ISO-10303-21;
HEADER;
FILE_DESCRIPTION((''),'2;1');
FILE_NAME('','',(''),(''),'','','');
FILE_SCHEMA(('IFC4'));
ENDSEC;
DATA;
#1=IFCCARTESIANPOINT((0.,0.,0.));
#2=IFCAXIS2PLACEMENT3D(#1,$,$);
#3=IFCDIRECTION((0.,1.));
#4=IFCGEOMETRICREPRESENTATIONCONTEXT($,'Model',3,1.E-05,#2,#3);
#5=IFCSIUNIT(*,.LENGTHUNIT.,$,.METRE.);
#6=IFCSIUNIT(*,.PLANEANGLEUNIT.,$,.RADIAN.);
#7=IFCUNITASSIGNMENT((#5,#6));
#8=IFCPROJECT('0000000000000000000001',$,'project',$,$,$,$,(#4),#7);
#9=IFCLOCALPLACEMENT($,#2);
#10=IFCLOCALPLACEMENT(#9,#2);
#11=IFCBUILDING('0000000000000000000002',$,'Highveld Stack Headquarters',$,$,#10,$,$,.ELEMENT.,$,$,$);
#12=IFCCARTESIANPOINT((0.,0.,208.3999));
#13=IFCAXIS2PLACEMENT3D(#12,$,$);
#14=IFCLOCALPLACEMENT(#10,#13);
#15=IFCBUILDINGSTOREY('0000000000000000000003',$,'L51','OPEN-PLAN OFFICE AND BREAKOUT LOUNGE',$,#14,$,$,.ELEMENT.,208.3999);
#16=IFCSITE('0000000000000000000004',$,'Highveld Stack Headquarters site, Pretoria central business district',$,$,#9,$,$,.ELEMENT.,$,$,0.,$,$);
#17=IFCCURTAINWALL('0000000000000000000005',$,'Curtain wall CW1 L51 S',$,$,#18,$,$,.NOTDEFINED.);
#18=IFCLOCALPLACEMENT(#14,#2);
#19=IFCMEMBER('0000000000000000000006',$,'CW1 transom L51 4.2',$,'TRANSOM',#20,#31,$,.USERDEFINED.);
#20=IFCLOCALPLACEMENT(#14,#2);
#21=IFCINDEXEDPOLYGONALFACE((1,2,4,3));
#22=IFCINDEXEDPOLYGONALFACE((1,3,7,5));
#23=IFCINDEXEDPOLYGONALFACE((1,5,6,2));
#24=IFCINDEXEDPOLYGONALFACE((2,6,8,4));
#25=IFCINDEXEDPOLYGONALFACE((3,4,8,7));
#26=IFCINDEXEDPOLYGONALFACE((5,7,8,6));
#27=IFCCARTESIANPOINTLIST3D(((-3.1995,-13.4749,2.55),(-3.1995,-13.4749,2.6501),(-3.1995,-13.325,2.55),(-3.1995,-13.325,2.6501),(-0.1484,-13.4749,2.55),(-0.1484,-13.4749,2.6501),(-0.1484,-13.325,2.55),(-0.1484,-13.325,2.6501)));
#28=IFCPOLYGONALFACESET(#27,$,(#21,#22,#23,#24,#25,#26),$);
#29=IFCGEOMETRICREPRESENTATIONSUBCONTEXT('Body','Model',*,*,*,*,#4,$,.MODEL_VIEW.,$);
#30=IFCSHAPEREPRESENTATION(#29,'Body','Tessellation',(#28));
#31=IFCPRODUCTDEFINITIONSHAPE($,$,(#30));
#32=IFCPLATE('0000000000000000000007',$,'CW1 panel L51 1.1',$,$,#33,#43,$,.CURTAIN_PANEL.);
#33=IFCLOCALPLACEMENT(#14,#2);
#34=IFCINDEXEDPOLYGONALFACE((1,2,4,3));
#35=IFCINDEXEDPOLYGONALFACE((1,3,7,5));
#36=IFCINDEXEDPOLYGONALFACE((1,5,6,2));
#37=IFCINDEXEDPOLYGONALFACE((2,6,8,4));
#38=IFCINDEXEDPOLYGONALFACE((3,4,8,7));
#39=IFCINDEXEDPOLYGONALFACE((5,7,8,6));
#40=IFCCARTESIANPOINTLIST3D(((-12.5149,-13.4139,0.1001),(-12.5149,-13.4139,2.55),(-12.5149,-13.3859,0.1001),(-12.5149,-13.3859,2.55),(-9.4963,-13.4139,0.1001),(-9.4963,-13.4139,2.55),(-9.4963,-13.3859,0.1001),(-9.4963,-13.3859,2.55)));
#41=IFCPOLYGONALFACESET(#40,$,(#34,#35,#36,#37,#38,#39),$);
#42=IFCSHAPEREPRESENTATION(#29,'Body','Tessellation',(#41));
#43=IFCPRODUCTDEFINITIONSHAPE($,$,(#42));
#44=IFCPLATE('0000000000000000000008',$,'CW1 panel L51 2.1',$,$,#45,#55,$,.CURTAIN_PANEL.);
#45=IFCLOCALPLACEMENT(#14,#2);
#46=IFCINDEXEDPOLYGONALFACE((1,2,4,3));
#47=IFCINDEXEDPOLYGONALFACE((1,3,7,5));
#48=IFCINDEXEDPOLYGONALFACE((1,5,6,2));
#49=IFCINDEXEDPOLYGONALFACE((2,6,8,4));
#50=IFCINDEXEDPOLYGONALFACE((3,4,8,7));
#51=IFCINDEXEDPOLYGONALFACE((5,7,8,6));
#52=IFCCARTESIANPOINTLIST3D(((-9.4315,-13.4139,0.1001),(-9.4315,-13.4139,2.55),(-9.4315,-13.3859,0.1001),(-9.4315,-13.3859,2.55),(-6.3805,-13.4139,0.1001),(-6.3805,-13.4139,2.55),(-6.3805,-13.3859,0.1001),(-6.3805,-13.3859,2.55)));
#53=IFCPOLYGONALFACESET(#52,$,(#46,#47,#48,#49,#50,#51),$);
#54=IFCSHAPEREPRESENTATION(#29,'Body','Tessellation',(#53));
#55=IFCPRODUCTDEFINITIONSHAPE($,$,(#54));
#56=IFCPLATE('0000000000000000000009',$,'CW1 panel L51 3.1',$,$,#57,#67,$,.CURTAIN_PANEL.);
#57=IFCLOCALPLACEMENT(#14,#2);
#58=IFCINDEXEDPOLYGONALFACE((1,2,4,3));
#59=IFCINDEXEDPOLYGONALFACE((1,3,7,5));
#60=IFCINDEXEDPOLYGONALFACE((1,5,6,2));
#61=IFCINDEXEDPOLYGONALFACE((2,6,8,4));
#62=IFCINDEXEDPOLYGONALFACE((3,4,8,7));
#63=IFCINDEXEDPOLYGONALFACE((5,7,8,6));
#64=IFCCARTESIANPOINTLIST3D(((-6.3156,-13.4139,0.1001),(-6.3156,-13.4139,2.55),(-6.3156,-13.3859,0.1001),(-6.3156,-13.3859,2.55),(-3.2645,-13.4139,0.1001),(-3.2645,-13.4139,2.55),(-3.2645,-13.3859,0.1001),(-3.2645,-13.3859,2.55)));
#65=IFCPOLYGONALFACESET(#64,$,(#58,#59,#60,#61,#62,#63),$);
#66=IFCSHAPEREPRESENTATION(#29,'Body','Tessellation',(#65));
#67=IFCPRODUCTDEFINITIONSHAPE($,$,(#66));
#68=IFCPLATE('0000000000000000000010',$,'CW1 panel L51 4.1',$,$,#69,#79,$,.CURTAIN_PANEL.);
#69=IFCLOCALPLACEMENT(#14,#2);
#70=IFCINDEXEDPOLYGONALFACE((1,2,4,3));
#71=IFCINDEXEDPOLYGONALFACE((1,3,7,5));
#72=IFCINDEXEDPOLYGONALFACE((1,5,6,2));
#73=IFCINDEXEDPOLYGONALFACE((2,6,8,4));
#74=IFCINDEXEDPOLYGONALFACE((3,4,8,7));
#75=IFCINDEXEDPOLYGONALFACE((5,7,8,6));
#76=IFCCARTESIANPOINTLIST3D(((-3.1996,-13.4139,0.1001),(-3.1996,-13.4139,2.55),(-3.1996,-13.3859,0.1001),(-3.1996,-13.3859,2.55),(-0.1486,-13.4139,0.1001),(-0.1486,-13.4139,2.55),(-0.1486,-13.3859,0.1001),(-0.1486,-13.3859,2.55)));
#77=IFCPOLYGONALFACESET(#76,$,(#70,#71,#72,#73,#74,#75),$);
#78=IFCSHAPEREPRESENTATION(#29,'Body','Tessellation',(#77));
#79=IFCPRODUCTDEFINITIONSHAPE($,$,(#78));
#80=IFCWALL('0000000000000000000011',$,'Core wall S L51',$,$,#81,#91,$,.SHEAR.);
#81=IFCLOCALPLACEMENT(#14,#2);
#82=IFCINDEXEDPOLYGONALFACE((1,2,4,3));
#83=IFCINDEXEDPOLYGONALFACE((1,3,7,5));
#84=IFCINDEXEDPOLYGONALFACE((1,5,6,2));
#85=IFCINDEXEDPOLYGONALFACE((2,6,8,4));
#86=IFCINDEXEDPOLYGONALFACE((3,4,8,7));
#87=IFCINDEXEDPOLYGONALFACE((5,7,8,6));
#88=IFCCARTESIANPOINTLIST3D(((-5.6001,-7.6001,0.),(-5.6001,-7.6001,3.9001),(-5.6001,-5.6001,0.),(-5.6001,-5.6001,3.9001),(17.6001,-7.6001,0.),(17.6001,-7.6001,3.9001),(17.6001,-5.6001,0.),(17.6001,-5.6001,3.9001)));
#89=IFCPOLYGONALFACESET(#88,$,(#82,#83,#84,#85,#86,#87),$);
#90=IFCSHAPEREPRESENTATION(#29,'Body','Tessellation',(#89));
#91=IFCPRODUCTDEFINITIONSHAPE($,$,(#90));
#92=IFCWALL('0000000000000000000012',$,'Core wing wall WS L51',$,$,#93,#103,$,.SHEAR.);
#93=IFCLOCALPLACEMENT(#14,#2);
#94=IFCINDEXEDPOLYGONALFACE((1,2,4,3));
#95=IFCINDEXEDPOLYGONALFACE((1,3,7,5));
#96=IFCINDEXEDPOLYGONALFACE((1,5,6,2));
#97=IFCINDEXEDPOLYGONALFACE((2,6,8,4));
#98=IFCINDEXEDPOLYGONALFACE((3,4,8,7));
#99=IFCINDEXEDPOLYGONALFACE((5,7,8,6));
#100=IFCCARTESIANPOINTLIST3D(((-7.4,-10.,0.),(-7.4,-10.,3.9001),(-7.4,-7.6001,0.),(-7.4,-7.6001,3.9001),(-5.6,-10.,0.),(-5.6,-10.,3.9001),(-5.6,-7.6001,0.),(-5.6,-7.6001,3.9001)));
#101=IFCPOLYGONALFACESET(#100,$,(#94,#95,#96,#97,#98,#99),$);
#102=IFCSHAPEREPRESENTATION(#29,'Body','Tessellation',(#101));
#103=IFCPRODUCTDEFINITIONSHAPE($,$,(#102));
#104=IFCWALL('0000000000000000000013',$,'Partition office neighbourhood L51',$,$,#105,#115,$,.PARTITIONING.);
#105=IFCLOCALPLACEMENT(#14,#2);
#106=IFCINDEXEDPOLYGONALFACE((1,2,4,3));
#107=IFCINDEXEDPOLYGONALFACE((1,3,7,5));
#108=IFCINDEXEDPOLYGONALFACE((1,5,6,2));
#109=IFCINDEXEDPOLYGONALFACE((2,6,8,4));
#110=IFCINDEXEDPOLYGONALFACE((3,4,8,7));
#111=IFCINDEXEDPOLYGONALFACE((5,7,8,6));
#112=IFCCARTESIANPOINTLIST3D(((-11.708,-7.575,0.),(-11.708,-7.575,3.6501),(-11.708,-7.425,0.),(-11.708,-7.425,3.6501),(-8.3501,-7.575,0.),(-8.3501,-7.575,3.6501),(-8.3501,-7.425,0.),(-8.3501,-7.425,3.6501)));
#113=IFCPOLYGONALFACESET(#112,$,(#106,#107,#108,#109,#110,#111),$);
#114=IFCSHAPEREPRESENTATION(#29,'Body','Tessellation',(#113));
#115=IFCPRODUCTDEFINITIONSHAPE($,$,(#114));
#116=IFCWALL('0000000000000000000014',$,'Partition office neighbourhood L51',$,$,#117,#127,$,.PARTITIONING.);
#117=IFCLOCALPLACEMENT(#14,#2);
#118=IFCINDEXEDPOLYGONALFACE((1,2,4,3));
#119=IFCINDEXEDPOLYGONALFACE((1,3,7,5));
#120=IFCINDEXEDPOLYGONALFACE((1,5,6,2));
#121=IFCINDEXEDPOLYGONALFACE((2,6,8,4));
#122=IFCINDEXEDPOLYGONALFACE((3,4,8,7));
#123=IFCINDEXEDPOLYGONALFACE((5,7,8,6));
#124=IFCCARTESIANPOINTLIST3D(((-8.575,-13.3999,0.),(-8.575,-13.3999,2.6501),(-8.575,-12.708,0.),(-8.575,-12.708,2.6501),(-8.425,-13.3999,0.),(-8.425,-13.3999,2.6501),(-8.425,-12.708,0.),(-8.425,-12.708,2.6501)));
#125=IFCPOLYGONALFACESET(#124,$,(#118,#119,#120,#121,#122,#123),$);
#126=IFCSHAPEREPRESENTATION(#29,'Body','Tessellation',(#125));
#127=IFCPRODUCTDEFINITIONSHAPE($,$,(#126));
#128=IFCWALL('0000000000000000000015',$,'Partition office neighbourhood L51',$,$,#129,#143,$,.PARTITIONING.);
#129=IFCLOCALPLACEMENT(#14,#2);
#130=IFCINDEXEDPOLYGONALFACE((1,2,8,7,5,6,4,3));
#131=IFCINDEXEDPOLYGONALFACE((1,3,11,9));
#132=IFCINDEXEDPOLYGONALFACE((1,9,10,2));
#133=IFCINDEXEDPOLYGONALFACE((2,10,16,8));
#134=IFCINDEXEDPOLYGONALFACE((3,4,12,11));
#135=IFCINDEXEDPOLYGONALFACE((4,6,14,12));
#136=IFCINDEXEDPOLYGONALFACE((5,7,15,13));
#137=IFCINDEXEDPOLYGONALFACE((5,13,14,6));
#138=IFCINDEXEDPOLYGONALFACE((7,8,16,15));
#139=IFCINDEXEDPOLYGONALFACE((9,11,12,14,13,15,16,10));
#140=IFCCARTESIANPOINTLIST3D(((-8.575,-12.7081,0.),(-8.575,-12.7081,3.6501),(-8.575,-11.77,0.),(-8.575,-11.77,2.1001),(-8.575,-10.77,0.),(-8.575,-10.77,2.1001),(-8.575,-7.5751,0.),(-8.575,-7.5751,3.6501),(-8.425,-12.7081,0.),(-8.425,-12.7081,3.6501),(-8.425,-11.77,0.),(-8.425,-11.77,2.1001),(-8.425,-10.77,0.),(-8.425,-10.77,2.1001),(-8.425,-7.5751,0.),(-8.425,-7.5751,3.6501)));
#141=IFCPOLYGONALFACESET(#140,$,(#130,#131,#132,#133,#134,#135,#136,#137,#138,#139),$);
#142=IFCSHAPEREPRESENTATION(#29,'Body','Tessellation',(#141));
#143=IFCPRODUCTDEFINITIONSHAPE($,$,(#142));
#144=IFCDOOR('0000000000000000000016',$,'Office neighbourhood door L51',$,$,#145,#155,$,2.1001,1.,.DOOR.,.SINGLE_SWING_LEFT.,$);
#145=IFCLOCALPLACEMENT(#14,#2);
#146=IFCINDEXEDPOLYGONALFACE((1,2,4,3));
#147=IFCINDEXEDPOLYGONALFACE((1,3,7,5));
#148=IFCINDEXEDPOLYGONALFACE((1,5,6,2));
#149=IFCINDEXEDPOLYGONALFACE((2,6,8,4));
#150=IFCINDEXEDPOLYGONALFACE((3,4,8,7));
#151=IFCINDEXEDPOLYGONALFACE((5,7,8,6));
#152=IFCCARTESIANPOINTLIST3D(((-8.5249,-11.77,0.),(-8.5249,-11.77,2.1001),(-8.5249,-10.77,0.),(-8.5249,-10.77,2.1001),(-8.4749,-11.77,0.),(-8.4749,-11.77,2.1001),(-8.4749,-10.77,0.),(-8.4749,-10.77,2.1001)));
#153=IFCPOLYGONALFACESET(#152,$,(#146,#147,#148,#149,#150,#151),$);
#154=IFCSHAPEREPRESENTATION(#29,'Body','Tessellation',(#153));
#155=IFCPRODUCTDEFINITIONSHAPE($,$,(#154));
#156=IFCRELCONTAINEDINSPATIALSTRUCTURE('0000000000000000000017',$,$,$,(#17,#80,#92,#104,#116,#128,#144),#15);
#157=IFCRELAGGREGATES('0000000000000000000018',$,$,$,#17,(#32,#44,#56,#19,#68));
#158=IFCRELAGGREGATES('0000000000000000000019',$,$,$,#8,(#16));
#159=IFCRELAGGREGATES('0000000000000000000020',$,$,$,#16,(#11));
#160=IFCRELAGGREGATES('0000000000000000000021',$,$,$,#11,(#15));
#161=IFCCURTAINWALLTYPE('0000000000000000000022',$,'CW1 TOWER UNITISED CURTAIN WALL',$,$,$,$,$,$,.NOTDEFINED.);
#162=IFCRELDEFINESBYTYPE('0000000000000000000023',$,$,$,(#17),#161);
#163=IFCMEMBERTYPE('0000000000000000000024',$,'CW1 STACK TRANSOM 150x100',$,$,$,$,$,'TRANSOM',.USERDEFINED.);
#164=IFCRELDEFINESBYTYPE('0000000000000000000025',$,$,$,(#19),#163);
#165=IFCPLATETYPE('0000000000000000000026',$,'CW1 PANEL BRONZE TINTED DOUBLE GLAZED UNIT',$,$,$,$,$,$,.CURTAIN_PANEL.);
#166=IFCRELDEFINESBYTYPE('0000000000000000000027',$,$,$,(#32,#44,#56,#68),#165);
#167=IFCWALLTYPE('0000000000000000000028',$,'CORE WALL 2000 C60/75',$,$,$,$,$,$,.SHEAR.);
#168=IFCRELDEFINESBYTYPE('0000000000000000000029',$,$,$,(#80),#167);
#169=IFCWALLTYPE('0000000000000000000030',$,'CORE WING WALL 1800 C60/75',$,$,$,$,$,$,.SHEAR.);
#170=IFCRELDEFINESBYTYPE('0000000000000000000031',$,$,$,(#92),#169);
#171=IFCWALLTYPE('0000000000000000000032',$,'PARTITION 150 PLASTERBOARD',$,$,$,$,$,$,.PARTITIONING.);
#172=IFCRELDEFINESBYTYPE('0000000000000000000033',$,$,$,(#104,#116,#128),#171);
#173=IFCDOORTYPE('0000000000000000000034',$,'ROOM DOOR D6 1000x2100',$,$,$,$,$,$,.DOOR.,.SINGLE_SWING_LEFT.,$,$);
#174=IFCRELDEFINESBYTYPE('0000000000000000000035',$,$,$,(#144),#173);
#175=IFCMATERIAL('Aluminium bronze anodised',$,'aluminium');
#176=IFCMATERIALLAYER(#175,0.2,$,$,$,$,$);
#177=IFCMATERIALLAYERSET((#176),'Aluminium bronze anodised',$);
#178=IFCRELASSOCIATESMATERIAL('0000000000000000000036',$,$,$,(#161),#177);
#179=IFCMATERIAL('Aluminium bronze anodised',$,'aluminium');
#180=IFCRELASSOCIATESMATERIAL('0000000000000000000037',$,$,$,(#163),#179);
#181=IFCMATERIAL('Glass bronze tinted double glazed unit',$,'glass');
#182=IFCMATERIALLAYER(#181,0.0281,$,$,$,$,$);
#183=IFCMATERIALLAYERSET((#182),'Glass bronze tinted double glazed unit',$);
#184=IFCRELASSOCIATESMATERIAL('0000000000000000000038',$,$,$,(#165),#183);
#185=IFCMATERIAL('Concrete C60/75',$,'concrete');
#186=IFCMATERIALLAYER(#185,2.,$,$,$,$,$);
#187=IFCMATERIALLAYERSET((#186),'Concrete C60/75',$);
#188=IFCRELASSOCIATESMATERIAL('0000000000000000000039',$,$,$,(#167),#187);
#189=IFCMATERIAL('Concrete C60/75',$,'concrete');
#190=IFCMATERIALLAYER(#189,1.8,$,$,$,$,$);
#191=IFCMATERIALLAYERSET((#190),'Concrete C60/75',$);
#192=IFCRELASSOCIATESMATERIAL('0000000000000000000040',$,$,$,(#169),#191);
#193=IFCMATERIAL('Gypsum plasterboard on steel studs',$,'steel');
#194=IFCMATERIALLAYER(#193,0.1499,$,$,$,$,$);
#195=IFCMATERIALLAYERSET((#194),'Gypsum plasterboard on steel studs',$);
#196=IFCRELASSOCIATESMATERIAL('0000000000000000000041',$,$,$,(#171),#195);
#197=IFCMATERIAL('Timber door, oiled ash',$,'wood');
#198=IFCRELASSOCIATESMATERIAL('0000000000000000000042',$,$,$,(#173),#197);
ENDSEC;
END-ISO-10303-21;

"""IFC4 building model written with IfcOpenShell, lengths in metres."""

from ifc_helpers import new_model, si_unit, direction, frame, frame_2d, origin, origin_2d, place, context, subcontext, project, spatial, rectangle, extrude, material, layer, layer_set, material_profile, profile_set, type_object, element, fill, aggregate, save


model = new_model("IFC4")

# Units and contexts
model_context = context("Model", 3, precision=1e-05, world=origin(), true_north=direction((0.0, 1.0)))
body_context = subcontext(model_context, "Body", "Model", "MODEL_VIEW")
ifc_project = project(units=[si_unit("LENGTHUNIT", "METRE"), si_unit("PLANEANGLEUNIT", "RADIAN")], contexts=[model_context])

# Site, building, storey
site_placement = place(None, origin())
site = spatial("IfcSite", under=ifc_project, at=site_placement, Name="Highveld Stack Headquarters site, Pretoria central business district", CompositionType="ELEMENT", RefElevation=0.0)
building_placement = place(site_placement, origin())
building = spatial("IfcBuilding", under=site, at=building_placement, Name="Highveld Stack Headquarters", CompositionType="ELEMENT")
storey_placement = place(building_placement, frame((0.0, 0.0, 208.3999)))
storey = spatial("IfcBuildingStorey", under=building, at=storey_placement, Name="L51", Description="OPEN-PLAN OFFICE AND BREAKOUT LOUNGE", CompositionType="ELEMENT", Elevation=208.3999)

# Curtain wall, member, plates
ifc_material_1 = material(Name="Aluminium bronze anodised", Category="aluminium")
ifc_layer_1 = layer(ifc_material_1, 0.2)
ifc_layer_set_1 = layer_set([ifc_layer_1], Name="Aluminium bronze anodised")
curtain_wall_type = type_object("IfcCurtainWallType", Name="CW1 TOWER UNITISED CURTAIN WALL", PredefinedType="NOTDEFINED", material=ifc_layer_set_1)
curtain_wall_placement = place(storey_placement, origin())
curtain_wall = element("IfcCurtainWall", 1, at=curtain_wall_placement, inside=storey, type_object=curtain_wall_type, Name="Curtain wall CW1 L51 S", PredefinedType="NOTDEFINED")
ifc_material_2 = material(Name="Aluminium bronze anodised", Category="aluminium")
ifc_material_profile_1 = material_profile(ifc_material_2, rectangle(XDim=0.1499, YDim=0.1001, at=origin_2d()), Name="CW1 TRANSOM 150x100")
ifc_profile_set_1 = profile_set([ifc_material_profile_1], Name="Aluminium bronze anodised")
member_type_1 = type_object("IfcMemberType", Name="CW1 STACK TRANSOM 150x100", ElementType="TRANSOM", PredefinedType="USERDEFINED", material=ifc_profile_set_1)
member_1_placement = place(storey_placement, frame((-3.1995, -13.3999, 2.6001), z_axis=(1.0, 0.0, 0.0), x_axis=(0.0, 1.0, 0.0)))
member_1 = element("IfcMember", 2, at=member_1_placement, type_object=member_type_1, Name="CW1 transom L51 4.2", ObjectType="TRANSOM", PredefinedType="USERDEFINED", context=body_context, shape_type="SweptSolid", body=[
    extrude(rectangle(XDim=0.1499, YDim=0.1001, at=origin_2d()), origin(), (0.0, 0.0, 1.0), 3.051),
])
ifc_material_3 = material(Name="Glass bronze tinted double glazed unit", Category="glass")
ifc_layer_2 = layer(ifc_material_3, 0.0281)
ifc_layer_set_2 = layer_set([ifc_layer_2], Name="Glass bronze tinted double glazed unit")
plate_type = type_object("IfcPlateType", Name="CW1 PANEL BRONZE TINTED DOUBLE GLAZED UNIT", PredefinedType="CURTAIN_PANEL", material=ifc_layer_set_2)
plate_1_placement = place(storey_placement, frame((-11.0056, -13.3999, 0.1001), z_axis=(0.0, 0.0, 1.0), x_axis=(1.0, 0.0, 0.0)))
plate_1 = element("IfcPlate", 3, at=plate_1_placement, type_object=plate_type, Name="CW1 panel L51 1.1", PredefinedType="CURTAIN_PANEL", context=body_context, shape_type="SweptSolid", body=[
    extrude(rectangle(XDim=3.0186, YDim=0.0281, at=origin_2d()), origin(), (0.0, 0.0, 1.0), 2.45),
])
plate_2_placement = place(storey_placement, frame((-7.906, -13.3999, 0.1001), z_axis=(0.0, 0.0, 1.0), x_axis=(1.0, 0.0, 0.0)))
plate_2 = element("IfcPlate", 4, at=plate_2_placement, type_object=plate_type, Name="CW1 panel L51 2.1", PredefinedType="CURTAIN_PANEL", context=body_context, shape_type="SweptSolid", body=[
    extrude(rectangle(XDim=3.051, YDim=0.0281, at=origin_2d()), origin(), (0.0, 0.0, 1.0), 2.45),
])
plate_3_placement = place(storey_placement, frame((-4.79, -13.3999, 0.1001), z_axis=(0.0, 0.0, 1.0), x_axis=(1.0, 0.0, 0.0)))
plate_3 = element("IfcPlate", 5, at=plate_3_placement, type_object=plate_type, Name="CW1 panel L51 3.1", PredefinedType="CURTAIN_PANEL", context=body_context, shape_type="SweptSolid", body=[
    extrude(rectangle(XDim=3.051, YDim=0.0281, at=origin_2d()), origin(), (0.0, 0.0, 1.0), 2.45),
])
plate_4_placement = place(storey_placement, frame((-1.6741, -13.3999, 0.1001), z_axis=(0.0, 0.0, 1.0), x_axis=(1.0, 0.0, 0.0)))
plate_4 = element("IfcPlate", 6, at=plate_4_placement, type_object=plate_type, Name="CW1 panel L51 4.1", PredefinedType="CURTAIN_PANEL", context=body_context, shape_type="SweptSolid", body=[
    extrude(rectangle(XDim=3.051, YDim=0.0281, at=origin_2d()), origin(), (0.0, 0.0, 1.0), 2.45),
])
aggregate(curtain_wall, [plate_1, plate_2, plate_3, member_1, plate_4])

# Walls
ifc_material_4 = material(Name="Concrete C60/75", Category="concrete")
ifc_layer_3 = layer(ifc_material_4, 2.0)
ifc_layer_set_3 = layer_set([ifc_layer_3], Name="Concrete C60/75")
wall_type_1 = type_object("IfcWallType", Name="CORE WALL 2000 C60/75", PredefinedType="SHEAR", material=ifc_layer_set_3)
wall_1_placement = place(storey_placement, frame((-5.6001, -6.6001, 0.0), z_axis=(0.0, 0.0, 1.0), x_axis=(1.0, 0.0, 0.0)))
element("IfcWall", 7, at=wall_1_placement, inside=storey, type_object=wall_type_1, Name="Core wall S L51", PredefinedType="SHEAR", context=body_context, shape_type="SweptSolid", body=[
    extrude(rectangle(XDim=23.2002, YDim=2.0, at=frame_2d((11.6001, 0.0))), origin(), (0.0, 0.0, 1.0), 3.9001),
])
ifc_material_5 = material(Name="Concrete C60/75", Category="concrete")
ifc_layer_4 = layer(ifc_material_5, 1.8)
ifc_layer_set_4 = layer_set([ifc_layer_4], Name="Concrete C60/75")
wall_type_2 = type_object("IfcWallType", Name="CORE WING WALL 1800 C60/75", PredefinedType="SHEAR", material=ifc_layer_set_4)
wall_2_placement = place(storey_placement, frame((-6.5, -10.0, 0.0), z_axis=(0.0, 0.0, 1.0), x_axis=(0.0, 1.0, 0.0)))
element("IfcWall", 8, at=wall_2_placement, inside=storey, type_object=wall_type_2, Name="Core wing wall WS L51", PredefinedType="SHEAR", context=body_context, shape_type="SweptSolid", body=[
    extrude(rectangle(XDim=2.3999, YDim=1.8, at=frame_2d((1.2, 0.0))), origin(), (0.0, 0.0, 1.0), 3.9001),
])
ifc_material_6 = material(Name="Gypsum plasterboard on steel studs", Category="steel")
ifc_layer_5 = layer(ifc_material_6, 0.1499)
ifc_layer_set_5 = layer_set([ifc_layer_5], Name="Gypsum plasterboard on steel studs")
wall_type_3 = type_object("IfcWallType", Name="PARTITION 150 PLASTERBOARD", PredefinedType="PARTITIONING", material=ifc_layer_set_5)
wall_3_placement = place(storey_placement, frame((-11.708, -7.5, 0.0), z_axis=(0.0, 0.0, 1.0), x_axis=(1.0, 0.0, 0.0)))
element("IfcWall", 9, at=wall_3_placement, inside=storey, type_object=wall_type_3, Name="Partition office neighbourhood L51", PredefinedType="PARTITIONING", context=body_context, shape_type="SweptSolid", body=[
    extrude(rectangle(XDim=3.3579, YDim=0.1499, at=frame_2d((1.679, 0.0))), origin(), (0.0, 0.0, 1.0), 3.6501),
])
wall_4_placement = place(storey_placement, frame((-8.5, -13.3999, 0.0), z_axis=(0.0, 0.0, 1.0), x_axis=(0.0, 1.0, 0.0)))
element("IfcWall", 10, at=wall_4_placement, inside=storey, type_object=wall_type_3, Name="Partition office neighbourhood L51", PredefinedType="PARTITIONING", context=body_context, shape_type="SweptSolid", body=[
    extrude(rectangle(XDim=0.6919, YDim=0.1499, at=frame_2d((0.3459, 0.0))), origin(), (0.0, 0.0, 1.0), 2.6501),
])

# Wall, opening, door
wall_5_placement = place(storey_placement, frame((-8.5, -12.708, 0.0), z_axis=(0.0, 0.0, 1.0), x_axis=(0.0, 1.0, 0.0)))
wall_5 = element("IfcWall", 11, at=wall_5_placement, inside=storey, type_object=wall_type_3, Name="Partition office neighbourhood L51", PredefinedType="PARTITIONING", context=body_context, shape_type="SweptSolid", body=[
    extrude(rectangle(XDim=5.1331, YDim=0.1499, at=frame_2d((2.5664, 0.0))), origin(), (0.0, 0.0, 1.0), 3.6501),
])
opening_1_placement = place(wall_5_placement, frame((0.938, 0.0, 0.0)))
opening_1 = element("IfcOpeningElement", 12, at=opening_1_placement, cuts=wall_5, PredefinedType="OPENING", context=body_context, shape_type="SweptSolid", body=[
    extrude(rectangle(XDim=1.0, YDim=2.1001, at=frame_2d((0.5, 1.05))), frame((0.0, 0.085, 0.0), z_axis=(0.0, -1.0, 0.0), x_axis=(1.0, 0.0, 0.0)), (0.0, 0.0, 1.0), 0.1699),
])
ifc_material_7 = material(Name="Timber door, oiled ash", Category="wood")
door_type_1 = type_object("IfcDoorType", Name="ROOM DOOR D6 1000x2100", OperationType="SINGLE_SWING_LEFT", PredefinedType="DOOR", material=ifc_material_7)
door_1_placement = place(opening_1_placement, origin())
door_1 = element("IfcDoor", 13, at=door_1_placement, inside=storey, type_object=door_type_1, Name="Office neighbourhood door L51", OperationType="SINGLE_SWING_LEFT", OverallHeight=2.1001, OverallWidth=1.0, PredefinedType="DOOR", context=body_context, shape_type="SweptSolid", body=[
    extrude(rectangle(XDim=1.0, YDim=2.1001, at=frame_2d((0.5, 1.05))), frame((0.0, 0.0249, 0.0), z_axis=(0.0, -1.0, 0.0), x_axis=(1.0, 0.0, 0.0)), (0.0, 0.0, 1.0), 0.05),
])
fill(opening_1, door_1)

save(model, "model.ifc")
